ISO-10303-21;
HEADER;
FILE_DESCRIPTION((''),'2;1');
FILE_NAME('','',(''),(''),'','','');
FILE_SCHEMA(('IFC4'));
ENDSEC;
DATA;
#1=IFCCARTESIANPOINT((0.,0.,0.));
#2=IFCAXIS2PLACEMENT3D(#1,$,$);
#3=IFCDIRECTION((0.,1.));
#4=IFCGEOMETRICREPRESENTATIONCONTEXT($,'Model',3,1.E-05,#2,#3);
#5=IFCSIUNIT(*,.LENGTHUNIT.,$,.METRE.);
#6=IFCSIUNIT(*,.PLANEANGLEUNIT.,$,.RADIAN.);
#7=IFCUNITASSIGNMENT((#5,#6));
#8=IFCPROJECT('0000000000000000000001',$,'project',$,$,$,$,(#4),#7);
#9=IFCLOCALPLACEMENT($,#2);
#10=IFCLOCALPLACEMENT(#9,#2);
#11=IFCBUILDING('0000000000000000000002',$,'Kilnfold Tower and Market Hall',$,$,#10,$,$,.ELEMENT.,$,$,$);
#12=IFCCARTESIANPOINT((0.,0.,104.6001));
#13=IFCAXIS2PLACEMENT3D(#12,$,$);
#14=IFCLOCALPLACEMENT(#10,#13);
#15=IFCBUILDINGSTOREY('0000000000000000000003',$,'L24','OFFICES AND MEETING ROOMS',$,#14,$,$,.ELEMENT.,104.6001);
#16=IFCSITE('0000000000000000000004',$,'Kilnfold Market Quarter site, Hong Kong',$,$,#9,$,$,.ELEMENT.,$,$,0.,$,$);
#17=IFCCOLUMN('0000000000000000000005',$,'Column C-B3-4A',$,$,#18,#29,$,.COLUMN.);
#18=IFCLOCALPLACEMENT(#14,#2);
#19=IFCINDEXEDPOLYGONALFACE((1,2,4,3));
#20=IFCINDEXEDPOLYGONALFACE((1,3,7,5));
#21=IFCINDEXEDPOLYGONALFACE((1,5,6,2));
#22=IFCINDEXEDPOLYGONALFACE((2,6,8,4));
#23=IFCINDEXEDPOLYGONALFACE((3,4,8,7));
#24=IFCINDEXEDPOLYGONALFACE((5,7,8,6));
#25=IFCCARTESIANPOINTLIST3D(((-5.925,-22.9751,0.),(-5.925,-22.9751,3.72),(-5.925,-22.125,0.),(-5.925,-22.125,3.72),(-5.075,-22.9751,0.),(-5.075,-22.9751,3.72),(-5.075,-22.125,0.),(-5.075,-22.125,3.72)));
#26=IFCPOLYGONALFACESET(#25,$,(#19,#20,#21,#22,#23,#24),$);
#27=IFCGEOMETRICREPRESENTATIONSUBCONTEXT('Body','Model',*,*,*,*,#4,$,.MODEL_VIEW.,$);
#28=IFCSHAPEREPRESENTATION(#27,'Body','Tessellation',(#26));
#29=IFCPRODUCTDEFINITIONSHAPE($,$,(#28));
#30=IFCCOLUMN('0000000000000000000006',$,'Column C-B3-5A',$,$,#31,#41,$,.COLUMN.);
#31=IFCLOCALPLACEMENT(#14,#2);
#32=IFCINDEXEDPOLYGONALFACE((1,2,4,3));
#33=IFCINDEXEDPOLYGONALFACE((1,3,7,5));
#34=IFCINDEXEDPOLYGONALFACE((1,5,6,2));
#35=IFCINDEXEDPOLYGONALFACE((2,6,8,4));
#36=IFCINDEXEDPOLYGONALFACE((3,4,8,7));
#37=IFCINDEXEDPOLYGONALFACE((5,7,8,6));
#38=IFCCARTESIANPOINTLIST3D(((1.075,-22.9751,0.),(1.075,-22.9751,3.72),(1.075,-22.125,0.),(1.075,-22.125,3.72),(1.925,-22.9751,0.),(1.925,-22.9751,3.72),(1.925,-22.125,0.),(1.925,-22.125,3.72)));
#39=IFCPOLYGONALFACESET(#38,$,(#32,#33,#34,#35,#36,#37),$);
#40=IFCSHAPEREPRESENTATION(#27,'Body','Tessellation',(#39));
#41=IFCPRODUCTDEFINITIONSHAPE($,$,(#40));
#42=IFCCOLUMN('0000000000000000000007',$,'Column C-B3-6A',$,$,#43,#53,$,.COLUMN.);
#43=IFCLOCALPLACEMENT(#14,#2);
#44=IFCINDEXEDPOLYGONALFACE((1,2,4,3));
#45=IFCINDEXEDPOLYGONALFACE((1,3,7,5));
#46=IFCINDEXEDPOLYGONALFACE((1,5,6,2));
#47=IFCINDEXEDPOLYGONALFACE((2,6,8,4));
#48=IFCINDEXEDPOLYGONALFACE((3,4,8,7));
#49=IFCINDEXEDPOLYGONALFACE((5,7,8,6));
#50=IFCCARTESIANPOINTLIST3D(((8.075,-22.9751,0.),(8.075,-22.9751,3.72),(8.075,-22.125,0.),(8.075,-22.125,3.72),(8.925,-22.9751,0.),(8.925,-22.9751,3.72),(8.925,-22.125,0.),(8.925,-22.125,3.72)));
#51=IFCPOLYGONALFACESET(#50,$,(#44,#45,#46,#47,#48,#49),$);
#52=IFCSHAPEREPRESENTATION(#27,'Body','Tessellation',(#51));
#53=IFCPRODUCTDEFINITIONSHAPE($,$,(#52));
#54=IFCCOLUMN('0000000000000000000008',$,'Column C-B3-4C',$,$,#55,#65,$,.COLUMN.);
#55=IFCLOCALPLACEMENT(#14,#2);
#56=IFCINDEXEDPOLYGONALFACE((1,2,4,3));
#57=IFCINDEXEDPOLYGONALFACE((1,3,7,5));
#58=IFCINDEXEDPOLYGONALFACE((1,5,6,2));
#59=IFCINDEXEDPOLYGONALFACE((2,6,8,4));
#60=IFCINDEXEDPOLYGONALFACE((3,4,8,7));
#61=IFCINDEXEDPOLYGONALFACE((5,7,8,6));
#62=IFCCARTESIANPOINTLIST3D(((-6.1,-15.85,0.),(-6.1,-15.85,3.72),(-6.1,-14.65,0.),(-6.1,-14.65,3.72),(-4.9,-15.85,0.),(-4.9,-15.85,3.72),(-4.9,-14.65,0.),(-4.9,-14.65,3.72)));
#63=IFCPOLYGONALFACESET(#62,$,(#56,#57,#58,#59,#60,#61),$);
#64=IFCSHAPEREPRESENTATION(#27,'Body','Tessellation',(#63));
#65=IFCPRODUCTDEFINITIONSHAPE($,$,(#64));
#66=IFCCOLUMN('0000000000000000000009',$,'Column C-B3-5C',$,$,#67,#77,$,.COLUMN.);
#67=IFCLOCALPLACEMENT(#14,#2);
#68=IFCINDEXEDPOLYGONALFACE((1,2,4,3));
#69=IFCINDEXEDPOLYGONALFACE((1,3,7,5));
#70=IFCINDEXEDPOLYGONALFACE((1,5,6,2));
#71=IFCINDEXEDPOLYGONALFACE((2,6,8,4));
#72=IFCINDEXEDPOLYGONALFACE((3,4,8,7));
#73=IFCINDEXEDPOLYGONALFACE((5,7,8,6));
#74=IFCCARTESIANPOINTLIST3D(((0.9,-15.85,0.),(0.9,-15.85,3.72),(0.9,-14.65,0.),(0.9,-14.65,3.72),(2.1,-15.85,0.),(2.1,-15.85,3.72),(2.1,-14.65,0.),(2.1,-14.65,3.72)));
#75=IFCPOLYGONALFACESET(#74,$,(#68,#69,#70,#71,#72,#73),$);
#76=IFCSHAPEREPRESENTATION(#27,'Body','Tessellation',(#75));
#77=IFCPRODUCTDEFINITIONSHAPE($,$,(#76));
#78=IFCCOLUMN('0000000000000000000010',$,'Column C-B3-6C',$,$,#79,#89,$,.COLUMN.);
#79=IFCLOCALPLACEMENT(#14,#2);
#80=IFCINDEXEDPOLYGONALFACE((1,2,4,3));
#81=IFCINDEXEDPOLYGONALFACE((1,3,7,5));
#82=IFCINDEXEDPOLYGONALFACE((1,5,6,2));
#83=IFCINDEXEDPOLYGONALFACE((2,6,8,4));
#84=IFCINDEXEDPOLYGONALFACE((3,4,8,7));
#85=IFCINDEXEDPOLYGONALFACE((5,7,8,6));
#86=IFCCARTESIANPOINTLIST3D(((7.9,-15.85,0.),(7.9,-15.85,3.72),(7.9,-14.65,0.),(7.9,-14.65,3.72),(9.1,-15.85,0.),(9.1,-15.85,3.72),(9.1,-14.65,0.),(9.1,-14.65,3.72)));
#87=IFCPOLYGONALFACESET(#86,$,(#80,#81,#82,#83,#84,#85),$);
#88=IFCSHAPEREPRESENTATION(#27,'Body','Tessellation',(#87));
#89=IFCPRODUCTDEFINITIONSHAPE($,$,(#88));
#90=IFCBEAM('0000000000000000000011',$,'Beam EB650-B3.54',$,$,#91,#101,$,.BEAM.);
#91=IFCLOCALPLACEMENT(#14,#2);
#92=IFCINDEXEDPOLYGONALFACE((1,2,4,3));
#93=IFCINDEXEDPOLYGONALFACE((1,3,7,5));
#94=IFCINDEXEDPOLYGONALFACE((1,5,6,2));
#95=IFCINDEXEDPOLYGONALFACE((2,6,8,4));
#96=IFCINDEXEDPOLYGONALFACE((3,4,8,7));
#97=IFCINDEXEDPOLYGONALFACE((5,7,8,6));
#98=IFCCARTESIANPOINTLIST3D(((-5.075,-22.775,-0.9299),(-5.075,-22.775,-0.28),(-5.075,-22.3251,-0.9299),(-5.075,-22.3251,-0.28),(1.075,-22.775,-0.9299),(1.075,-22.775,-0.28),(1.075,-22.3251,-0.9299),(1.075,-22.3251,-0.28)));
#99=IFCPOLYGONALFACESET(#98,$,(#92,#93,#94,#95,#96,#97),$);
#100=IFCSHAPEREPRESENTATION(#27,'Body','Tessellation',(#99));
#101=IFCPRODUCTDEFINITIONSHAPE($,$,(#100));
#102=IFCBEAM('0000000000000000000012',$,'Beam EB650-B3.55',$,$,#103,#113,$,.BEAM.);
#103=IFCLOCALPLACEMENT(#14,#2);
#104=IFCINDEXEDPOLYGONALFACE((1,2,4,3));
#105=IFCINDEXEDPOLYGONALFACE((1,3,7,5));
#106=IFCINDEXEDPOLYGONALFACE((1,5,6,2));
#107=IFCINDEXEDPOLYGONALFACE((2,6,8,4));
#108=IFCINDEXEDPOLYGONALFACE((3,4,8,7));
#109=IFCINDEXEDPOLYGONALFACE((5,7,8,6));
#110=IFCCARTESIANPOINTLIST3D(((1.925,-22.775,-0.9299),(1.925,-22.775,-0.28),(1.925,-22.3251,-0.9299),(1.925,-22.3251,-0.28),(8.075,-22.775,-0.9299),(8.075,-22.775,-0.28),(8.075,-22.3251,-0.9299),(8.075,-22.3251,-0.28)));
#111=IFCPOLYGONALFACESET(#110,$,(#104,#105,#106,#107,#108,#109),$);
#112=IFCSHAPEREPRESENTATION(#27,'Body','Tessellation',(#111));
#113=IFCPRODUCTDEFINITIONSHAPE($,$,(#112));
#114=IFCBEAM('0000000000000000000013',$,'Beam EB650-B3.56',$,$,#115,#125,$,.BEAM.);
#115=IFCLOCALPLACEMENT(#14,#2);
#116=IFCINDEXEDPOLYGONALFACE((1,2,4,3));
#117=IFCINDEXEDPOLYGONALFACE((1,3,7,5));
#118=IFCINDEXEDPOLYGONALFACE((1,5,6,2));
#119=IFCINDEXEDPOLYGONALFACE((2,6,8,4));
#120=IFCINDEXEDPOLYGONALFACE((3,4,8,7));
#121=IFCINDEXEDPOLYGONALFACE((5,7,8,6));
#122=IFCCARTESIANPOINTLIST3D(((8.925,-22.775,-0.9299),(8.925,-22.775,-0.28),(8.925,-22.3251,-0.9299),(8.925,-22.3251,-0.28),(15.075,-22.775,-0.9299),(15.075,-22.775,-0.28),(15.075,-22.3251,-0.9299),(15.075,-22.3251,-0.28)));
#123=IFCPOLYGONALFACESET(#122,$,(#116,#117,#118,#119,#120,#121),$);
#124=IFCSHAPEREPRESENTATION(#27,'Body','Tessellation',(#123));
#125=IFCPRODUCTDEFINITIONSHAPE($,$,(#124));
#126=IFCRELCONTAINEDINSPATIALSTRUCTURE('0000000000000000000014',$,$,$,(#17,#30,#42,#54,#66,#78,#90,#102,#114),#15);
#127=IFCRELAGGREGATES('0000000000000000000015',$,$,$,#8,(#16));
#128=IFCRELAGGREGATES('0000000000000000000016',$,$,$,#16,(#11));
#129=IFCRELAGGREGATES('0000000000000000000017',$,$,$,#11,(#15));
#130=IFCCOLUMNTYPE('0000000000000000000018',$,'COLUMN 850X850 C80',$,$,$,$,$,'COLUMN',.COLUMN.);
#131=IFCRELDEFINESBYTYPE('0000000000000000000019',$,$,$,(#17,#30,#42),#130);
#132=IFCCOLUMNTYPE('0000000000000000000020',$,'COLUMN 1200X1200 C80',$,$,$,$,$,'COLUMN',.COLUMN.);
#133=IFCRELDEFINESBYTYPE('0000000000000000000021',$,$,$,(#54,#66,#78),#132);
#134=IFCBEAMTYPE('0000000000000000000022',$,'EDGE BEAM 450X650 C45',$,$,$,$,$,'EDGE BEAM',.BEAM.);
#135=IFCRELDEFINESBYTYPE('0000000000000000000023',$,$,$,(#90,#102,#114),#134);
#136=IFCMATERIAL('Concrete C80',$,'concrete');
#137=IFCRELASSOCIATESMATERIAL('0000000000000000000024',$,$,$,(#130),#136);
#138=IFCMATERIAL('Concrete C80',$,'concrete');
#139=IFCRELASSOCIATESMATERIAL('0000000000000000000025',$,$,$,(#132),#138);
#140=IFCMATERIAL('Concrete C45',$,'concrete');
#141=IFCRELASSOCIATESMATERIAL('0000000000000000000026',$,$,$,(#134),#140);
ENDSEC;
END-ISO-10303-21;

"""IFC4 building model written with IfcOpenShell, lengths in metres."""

from ifc_helpers import new_model, si_unit, direction, frame, origin, origin_2d, place, context, subcontext, project, spatial, rectangle, extrude, source, transform, mapped, material, material_profile, profile_set, type_object, element, save


model = new_model("IFC4")

# Units and contexts
model_context = context("Model", 3, precision=1e-05, world=origin(), true_north=direction((0.0, 1.0)))
body_context = subcontext(model_context, "Body", "Model", "MODEL_VIEW")
ifc_project = project(units=[si_unit("LENGTHUNIT", "METRE"), si_unit("PLANEANGLEUNIT", "RADIAN")], contexts=[model_context])

# Site, building, storey
site_placement = place(None, origin())
site = spatial("IfcSite", under=ifc_project, at=site_placement, Name="Kilnfold Market Quarter site, Hong Kong", CompositionType="ELEMENT", RefElevation=0.0)
building_placement = place(site_placement, origin())
building = spatial("IfcBuilding", under=site, at=building_placement, Name="Kilnfold Tower and Market Hall", CompositionType="ELEMENT")
storey_placement = place(building_placement, frame((0.0, 0.0, 104.6001)))
storey = spatial("IfcBuildingStorey", under=building, at=storey_placement, Name="L24", Description="OFFICES AND MEETING ROOMS", CompositionType="ELEMENT", Elevation=104.6001)

# Columns
ifc_material_1 = material(Name="Concrete C80", Category="concrete")
ifc_material_profile_1 = material_profile(ifc_material_1, rectangle(XDim=0.8501, YDim=0.8501, at=origin_2d()), Name="RC 850x850")
ifc_profile_set_1 = profile_set([ifc_material_profile_1], Name="Concrete C80")
column_type_1 = type_object("IfcColumnType", Name="COLUMN 850X850 C80", ElementType="COLUMN", PredefinedType="COLUMN", material=ifc_profile_set_1)
shared_shape_1 = source(origin(), body_context, "Body", "SweptSolid", [
    extrude(rectangle(XDim=0.8501, YDim=0.8501, at=origin_2d()), origin(), (0.0, 0.0, 1.0), 3.72),
])
for number, where, z_axis, x_axis, name in (
    (1, (-5.5, -22.55, 0.0), (0.0, 0.0, 1.0), (1.0, 0.0, 0.0), "Column C-B3-4A"),
    (2, (1.5, -22.55, 0.0), (0.0, 0.0, 1.0), (1.0, 0.0, 0.0), "Column C-B3-5A"),
    (3, (8.5, -22.55, 0.0), (0.0, 0.0, 1.0), (1.0, 0.0, 0.0), "Column C-B3-6A"),
):
    element("IfcColumn", number, at=place(storey_placement, frame(where, z_axis=z_axis, x_axis=x_axis)), inside=storey, type_object=column_type_1, Name=name, PredefinedType="COLUMN", context=body_context, shape_type="MappedRepresentation", body=[
        mapped(shared_shape_1, transform((0.0, 0.0, 0.0))),
    ])
ifc_material_2 = material(Name="Concrete C80", Category="concrete")
ifc_material_profile_2 = material_profile(ifc_material_2, rectangle(XDim=1.2, YDim=1.2, at=origin_2d()), Name="RC 1200x1200")
ifc_profile_set_2 = profile_set([ifc_material_profile_2], Name="Concrete C80")
column_type_2 = type_object("IfcColumnType", Name="COLUMN 1200X1200 C80", ElementType="COLUMN", PredefinedType="COLUMN", material=ifc_profile_set_2)
shared_shape_2 = source(origin(), body_context, "Body", "SweptSolid", [
    extrude(rectangle(XDim=1.2, YDim=1.2, at=origin_2d()), origin(), (0.0, 0.0, 1.0), 3.72),
])
for number, where, z_axis, x_axis, name in (
    (4, (-5.5, -15.25, 0.0), (0.0, 0.0, 1.0), (1.0, 0.0, 0.0), "Column C-B3-4C"),
    (5, (1.5, -15.25, 0.0), (0.0, 0.0, 1.0), (1.0, 0.0, 0.0), "Column C-B3-5C"),
    (6, (8.5, -15.25, 0.0), (0.0, 0.0, 1.0), (1.0, 0.0, 0.0), "Column C-B3-6C"),
):
    element("IfcColumn", number, at=place(storey_placement, frame(where, z_axis=z_axis, x_axis=x_axis)), inside=storey, type_object=column_type_2, Name=name, PredefinedType="COLUMN", context=body_context, shape_type="MappedRepresentation", body=[
        mapped(shared_shape_2, transform((0.0, 0.0, 0.0))),
    ])

# Beams
ifc_material_3 = material(Name="Concrete C45", Category="concrete")
ifc_material_profile_3 = material_profile(ifc_material_3, rectangle(XDim=0.45, YDim=0.6499, at=origin_2d()), Name="RC 450x650")
ifc_profile_set_3 = profile_set([ifc_material_profile_3], Name="Concrete C45")
beam_type = type_object("IfcBeamType", Name="EDGE BEAM 450X650 C45", ElementType="EDGE BEAM", PredefinedType="BEAM", material=ifc_profile_set_3)
shared_shape_3 = source(origin(), body_context, "Body", "SweptSolid", [
    extrude(rectangle(XDim=0.45, YDim=0.6499, at=origin_2d()), origin(), (0.0, 0.0, 1.0), 6.1499),
])
for number, where, z_axis, x_axis, name in (
    (7, (-5.075, -22.55, -0.605), (1.0, 0.0, 0.0), (0.0, 1.0, 0.0), "Beam EB650-B3.54"),
    (8, (1.925, -22.55, -0.605), (1.0, 0.0, 0.0), (0.0, 1.0, 0.0), "Beam EB650-B3.55"),
    (9, (8.925, -22.55, -0.605), (1.0, 0.0, 0.0), (0.0, 1.0, 0.0), "Beam EB650-B3.56"),
):
    element("IfcBeam", number, at=place(storey_placement, frame(where, z_axis=z_axis, x_axis=x_axis)), inside=storey, type_object=beam_type, Name=name, PredefinedType="BEAM", context=body_context, shape_type="MappedRepresentation", body=[
        mapped(shared_shape_3, transform((0.0, 0.0, 0.0))),
    ])

save(model, "model.ifc")
